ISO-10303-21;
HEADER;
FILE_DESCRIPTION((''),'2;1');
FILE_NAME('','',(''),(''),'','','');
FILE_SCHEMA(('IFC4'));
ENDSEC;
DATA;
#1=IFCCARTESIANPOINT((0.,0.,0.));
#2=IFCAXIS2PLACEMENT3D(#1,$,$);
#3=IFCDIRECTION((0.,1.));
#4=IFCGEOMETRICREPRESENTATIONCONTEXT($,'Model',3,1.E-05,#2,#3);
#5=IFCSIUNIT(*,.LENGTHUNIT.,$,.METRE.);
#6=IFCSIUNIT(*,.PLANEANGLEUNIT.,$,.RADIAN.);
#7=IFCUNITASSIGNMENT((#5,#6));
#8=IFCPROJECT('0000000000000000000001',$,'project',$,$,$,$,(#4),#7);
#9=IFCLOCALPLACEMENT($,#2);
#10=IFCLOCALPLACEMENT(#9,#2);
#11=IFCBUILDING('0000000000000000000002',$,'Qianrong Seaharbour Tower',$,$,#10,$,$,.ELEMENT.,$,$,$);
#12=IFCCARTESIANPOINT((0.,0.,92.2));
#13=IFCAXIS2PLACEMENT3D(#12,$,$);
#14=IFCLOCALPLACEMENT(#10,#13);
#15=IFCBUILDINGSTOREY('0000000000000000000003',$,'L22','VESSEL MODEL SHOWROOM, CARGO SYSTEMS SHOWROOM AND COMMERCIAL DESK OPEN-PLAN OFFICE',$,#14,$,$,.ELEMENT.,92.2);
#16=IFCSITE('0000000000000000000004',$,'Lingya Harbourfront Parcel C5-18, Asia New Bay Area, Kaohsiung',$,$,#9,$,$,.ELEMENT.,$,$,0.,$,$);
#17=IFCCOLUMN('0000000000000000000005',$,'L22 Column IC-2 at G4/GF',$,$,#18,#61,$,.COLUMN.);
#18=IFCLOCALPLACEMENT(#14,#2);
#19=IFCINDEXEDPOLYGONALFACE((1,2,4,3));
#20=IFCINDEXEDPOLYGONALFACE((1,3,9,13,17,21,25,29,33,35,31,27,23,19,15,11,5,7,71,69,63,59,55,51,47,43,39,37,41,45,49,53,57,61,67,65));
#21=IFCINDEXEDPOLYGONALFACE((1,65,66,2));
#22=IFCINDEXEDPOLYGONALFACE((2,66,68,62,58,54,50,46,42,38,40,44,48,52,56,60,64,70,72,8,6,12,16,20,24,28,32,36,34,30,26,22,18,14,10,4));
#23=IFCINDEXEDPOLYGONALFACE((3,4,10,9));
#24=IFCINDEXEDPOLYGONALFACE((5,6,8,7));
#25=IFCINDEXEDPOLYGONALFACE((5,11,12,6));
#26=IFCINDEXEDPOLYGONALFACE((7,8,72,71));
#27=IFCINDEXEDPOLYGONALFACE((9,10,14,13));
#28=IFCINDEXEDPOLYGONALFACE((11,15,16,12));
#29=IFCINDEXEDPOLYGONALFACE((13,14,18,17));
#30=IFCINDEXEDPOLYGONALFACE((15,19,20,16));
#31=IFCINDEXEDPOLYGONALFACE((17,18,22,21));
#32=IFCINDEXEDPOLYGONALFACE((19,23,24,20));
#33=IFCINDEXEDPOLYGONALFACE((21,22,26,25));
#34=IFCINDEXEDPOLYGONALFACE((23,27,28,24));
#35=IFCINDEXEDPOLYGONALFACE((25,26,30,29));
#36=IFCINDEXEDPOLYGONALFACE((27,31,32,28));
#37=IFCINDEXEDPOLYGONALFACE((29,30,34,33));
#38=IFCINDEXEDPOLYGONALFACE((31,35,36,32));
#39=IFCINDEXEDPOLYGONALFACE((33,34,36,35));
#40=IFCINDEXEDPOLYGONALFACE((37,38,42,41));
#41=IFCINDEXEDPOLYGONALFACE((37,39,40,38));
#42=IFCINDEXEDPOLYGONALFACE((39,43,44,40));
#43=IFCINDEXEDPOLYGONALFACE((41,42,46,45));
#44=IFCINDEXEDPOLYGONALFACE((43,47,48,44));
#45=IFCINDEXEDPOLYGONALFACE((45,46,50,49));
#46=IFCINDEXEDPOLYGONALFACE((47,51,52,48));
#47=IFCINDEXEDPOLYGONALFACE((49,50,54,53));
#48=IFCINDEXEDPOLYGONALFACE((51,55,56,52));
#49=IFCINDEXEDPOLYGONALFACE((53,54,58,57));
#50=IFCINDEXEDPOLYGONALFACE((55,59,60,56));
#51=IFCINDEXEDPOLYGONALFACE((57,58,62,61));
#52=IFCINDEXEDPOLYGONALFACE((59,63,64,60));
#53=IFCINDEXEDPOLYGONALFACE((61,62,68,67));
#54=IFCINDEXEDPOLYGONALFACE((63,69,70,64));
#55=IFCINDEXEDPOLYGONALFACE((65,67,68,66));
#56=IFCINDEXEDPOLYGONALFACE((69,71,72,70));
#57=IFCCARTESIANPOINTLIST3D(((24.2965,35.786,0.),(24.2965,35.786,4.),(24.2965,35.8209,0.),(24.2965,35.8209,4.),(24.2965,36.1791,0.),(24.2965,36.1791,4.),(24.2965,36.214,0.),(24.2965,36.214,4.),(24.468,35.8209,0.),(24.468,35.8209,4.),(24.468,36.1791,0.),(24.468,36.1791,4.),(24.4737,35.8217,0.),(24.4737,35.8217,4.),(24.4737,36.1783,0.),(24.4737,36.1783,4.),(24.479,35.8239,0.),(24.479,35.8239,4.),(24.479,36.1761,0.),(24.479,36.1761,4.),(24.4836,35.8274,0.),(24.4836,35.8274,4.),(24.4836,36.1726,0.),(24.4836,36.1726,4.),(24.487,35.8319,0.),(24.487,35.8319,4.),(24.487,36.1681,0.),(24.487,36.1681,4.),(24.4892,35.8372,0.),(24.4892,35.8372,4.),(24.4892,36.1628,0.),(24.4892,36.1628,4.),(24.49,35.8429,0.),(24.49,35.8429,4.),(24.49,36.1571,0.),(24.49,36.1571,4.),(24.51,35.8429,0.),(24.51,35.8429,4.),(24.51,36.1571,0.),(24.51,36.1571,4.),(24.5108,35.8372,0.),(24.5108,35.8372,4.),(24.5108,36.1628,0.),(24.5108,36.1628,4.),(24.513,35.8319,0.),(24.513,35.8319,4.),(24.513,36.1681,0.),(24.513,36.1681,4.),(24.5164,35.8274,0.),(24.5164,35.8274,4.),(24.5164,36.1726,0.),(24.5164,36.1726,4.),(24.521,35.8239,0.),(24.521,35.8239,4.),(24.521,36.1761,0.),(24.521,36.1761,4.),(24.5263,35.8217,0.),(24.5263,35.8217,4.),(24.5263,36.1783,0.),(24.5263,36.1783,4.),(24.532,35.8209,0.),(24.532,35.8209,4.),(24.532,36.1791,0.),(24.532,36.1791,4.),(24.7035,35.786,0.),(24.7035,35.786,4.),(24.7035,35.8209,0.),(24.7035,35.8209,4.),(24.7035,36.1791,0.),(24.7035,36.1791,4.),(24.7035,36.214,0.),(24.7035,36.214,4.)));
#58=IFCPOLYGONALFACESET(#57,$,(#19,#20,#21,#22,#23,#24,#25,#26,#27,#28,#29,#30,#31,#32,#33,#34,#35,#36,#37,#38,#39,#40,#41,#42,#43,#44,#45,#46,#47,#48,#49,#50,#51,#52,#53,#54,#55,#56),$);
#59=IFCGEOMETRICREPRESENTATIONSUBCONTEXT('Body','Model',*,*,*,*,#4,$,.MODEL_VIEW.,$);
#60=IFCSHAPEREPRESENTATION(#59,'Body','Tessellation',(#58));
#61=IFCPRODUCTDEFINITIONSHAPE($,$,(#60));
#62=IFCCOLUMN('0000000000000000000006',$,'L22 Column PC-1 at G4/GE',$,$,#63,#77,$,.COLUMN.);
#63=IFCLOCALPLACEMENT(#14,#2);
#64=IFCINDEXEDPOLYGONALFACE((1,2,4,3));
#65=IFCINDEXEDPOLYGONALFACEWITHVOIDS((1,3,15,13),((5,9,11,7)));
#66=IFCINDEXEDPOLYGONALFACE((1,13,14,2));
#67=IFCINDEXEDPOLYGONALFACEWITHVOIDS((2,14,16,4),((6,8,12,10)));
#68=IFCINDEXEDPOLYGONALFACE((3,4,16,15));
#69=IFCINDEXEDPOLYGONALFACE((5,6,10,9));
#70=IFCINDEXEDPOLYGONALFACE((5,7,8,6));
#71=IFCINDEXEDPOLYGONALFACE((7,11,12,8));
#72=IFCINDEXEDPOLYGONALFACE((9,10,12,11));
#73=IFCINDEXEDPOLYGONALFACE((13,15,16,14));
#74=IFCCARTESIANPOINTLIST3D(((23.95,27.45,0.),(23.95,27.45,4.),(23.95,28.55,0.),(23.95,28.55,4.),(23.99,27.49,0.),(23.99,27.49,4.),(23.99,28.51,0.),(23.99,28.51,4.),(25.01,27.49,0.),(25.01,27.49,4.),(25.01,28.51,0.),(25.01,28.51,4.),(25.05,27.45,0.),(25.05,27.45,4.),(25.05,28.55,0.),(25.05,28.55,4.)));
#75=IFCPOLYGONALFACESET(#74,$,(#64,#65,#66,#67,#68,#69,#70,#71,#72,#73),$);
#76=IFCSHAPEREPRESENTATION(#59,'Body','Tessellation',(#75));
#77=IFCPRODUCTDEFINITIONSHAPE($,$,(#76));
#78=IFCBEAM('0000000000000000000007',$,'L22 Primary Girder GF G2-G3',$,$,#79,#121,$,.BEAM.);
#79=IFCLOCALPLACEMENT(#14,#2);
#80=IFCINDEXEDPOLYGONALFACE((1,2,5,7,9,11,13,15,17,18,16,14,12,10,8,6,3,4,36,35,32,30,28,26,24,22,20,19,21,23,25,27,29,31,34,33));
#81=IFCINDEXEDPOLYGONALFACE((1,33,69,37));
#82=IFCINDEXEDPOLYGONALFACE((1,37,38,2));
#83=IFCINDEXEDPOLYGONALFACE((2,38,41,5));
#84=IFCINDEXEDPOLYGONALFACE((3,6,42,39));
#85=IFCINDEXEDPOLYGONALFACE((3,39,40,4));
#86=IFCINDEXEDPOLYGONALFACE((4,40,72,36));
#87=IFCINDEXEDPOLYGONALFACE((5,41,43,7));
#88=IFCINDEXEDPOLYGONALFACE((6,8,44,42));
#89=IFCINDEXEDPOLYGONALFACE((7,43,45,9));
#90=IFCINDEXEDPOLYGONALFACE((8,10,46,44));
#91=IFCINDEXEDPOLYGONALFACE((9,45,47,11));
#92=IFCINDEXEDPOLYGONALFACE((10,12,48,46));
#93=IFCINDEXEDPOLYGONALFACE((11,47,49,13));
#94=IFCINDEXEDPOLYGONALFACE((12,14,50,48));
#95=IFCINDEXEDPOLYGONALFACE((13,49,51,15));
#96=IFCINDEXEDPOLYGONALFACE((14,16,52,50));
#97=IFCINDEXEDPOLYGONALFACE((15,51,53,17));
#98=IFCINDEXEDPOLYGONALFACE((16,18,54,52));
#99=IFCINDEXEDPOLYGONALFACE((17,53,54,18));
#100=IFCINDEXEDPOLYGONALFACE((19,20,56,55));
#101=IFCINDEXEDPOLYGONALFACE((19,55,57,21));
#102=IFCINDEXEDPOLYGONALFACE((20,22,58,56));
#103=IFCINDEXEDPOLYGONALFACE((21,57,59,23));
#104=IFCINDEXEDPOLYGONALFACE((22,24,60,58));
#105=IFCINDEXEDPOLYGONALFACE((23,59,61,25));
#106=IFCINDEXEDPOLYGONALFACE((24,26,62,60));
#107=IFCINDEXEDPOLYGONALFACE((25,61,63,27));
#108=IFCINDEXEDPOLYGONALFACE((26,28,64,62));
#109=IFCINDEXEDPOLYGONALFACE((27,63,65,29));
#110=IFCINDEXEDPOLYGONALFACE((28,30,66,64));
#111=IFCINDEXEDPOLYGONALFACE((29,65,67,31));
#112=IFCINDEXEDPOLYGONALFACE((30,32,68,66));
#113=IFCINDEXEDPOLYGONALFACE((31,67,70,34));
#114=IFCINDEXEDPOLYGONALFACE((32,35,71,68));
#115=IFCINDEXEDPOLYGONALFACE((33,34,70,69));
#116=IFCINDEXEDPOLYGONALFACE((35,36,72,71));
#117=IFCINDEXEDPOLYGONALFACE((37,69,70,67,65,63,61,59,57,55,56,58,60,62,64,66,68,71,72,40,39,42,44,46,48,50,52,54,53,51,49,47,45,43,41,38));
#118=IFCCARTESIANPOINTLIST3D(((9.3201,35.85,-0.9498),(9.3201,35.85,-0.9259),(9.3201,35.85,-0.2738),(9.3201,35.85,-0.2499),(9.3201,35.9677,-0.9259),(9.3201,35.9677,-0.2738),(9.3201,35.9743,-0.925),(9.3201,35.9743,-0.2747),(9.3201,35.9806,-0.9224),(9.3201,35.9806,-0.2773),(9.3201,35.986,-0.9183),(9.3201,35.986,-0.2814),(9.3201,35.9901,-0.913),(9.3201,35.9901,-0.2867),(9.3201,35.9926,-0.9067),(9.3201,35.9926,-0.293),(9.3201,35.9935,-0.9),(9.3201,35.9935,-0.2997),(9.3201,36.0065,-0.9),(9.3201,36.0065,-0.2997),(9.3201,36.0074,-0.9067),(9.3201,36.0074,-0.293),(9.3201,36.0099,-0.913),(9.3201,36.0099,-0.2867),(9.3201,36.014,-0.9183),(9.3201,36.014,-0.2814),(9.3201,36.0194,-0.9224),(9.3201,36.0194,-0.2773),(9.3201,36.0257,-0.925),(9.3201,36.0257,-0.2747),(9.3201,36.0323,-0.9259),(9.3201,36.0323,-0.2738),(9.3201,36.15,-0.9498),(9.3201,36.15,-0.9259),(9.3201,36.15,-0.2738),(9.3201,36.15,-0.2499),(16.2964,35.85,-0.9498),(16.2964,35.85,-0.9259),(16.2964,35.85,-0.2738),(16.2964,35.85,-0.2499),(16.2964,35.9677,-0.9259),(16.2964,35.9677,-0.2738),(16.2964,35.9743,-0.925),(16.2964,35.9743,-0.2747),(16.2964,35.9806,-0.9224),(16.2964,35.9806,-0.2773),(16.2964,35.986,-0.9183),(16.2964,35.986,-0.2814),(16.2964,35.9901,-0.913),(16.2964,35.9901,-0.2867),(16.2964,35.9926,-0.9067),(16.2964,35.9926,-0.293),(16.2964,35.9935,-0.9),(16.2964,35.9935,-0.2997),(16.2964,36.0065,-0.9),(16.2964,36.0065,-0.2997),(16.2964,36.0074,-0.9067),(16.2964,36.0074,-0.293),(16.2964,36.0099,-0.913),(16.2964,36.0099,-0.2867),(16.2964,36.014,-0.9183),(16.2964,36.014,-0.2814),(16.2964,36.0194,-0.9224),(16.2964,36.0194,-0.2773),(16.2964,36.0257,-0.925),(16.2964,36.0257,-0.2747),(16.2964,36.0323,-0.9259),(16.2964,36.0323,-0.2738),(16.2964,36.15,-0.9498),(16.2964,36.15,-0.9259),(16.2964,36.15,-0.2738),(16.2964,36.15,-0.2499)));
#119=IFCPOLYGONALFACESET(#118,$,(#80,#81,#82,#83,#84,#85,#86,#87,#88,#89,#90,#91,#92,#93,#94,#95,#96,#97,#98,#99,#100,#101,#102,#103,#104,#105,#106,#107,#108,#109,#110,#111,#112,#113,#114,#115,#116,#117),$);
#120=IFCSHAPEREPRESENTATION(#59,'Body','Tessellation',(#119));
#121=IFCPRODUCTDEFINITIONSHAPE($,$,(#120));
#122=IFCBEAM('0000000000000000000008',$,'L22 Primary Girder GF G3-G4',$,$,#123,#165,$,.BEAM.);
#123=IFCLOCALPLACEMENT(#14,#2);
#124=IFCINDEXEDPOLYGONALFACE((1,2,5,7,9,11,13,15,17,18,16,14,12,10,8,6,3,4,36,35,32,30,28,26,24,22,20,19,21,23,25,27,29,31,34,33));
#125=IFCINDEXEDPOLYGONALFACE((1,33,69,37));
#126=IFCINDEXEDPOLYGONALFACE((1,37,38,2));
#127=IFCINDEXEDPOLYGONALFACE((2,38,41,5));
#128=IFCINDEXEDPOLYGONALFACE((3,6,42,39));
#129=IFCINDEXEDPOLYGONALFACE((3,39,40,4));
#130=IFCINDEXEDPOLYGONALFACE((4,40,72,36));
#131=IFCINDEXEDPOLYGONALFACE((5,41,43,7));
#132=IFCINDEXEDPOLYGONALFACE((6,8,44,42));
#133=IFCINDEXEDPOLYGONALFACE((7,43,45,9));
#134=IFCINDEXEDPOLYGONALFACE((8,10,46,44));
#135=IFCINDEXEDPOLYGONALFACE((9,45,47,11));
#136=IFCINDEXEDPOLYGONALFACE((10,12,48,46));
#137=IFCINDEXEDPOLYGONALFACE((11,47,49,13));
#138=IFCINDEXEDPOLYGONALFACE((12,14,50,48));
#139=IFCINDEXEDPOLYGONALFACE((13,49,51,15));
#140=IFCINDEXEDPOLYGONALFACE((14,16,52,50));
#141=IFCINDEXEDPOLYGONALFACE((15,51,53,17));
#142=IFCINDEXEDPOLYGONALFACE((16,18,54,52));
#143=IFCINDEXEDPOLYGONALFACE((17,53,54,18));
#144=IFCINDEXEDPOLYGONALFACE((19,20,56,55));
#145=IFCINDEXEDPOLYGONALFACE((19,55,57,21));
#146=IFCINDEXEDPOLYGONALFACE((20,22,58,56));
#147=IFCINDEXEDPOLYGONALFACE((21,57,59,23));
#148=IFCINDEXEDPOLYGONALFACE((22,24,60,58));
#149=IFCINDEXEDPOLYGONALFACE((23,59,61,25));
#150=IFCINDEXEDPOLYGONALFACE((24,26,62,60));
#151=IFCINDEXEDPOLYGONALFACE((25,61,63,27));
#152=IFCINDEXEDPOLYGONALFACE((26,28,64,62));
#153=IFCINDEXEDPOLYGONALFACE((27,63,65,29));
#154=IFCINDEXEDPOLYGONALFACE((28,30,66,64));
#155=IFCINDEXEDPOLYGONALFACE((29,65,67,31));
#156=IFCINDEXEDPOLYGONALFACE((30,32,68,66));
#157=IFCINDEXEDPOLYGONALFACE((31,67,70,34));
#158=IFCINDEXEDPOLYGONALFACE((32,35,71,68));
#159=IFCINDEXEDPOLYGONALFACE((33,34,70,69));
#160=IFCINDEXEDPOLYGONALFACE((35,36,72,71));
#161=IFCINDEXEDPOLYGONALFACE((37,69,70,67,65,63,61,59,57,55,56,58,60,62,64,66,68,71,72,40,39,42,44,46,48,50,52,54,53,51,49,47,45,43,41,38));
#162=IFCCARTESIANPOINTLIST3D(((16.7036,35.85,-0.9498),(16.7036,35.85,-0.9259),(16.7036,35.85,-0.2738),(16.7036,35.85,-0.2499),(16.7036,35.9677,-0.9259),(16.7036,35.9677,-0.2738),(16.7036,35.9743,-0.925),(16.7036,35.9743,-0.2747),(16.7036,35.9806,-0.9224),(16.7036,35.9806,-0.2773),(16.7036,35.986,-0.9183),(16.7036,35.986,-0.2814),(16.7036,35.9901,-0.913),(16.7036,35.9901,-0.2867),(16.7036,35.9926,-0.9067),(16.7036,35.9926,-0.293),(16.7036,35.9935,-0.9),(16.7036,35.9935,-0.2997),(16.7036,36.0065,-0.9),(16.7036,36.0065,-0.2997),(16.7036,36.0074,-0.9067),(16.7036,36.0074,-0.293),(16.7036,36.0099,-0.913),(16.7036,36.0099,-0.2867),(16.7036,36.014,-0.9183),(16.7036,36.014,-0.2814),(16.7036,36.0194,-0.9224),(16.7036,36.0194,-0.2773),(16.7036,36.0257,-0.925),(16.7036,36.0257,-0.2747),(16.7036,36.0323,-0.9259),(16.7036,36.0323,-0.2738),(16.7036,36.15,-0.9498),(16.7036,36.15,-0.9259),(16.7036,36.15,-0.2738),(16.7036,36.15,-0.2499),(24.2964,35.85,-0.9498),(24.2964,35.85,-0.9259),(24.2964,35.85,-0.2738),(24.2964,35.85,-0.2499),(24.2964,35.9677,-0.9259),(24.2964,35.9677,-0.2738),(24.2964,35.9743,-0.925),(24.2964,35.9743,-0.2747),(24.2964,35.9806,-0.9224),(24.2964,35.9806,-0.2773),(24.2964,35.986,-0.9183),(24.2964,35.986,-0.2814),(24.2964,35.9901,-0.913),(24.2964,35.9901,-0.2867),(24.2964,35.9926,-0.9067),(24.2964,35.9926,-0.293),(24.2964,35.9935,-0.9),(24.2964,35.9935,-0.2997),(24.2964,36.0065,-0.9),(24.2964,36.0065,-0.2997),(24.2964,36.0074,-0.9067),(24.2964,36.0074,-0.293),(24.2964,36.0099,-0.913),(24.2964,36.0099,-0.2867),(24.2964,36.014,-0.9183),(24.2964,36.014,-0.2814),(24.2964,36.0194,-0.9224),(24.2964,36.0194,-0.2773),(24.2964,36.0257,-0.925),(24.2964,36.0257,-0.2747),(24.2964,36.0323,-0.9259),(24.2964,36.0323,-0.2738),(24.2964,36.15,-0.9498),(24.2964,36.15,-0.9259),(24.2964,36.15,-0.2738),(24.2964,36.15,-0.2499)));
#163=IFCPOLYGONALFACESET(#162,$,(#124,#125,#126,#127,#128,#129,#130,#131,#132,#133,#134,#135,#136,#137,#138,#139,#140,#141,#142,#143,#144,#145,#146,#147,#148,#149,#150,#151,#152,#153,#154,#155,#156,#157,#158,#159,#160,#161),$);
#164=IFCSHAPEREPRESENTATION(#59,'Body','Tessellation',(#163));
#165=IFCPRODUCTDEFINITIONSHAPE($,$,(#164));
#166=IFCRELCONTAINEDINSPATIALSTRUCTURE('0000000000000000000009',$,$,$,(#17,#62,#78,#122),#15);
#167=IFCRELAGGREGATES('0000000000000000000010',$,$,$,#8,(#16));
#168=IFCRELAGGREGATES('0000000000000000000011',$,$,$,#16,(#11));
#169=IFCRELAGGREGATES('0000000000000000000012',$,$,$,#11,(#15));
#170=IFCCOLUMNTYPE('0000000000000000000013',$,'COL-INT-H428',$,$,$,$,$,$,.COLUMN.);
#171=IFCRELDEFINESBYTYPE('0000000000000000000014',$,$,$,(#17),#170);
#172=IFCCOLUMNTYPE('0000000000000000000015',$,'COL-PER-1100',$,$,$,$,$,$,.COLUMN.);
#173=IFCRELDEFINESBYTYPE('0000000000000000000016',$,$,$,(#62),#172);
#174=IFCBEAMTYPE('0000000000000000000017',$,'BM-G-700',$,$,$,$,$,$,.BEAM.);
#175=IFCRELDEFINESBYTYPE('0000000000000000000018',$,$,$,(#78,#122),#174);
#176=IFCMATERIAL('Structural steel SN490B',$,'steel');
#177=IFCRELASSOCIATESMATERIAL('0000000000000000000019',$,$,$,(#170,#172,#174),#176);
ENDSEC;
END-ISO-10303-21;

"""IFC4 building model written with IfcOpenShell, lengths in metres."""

from ifc_helpers import new_model, si_unit, direction, frame, origin, origin_2d, place, context, subcontext, project, spatial, hollow_rectangle, i_section, extrude, material, material_profile, profile_set, type_object, element, save


model = new_model("IFC4")

# Units and contexts
model_context = context("Model", 3, precision=1e-05, world=origin(), true_north=direction((0.0, 1.0)))
body_context = subcontext(model_context, "Body", "Model", "MODEL_VIEW")
ifc_project = project(units=[si_unit("LENGTHUNIT", "METRE"), si_unit("PLANEANGLEUNIT", "RADIAN")], contexts=[model_context])

# Site, building, storey
site_placement = place(None, origin())
site = spatial("IfcSite", under=ifc_project, at=site_placement, Name="Lingya Harbourfront Parcel C5-18, Asia New Bay Area, Kaohsiung", CompositionType="ELEMENT", RefElevation=0.0)
building_placement = place(site_placement, origin())
building = spatial("IfcBuilding", under=site, at=building_placement, Name="Qianrong Seaharbour Tower", CompositionType="ELEMENT")
storey_placement = place(building_placement, frame((0.0, 0.0, 92.2)))
storey = spatial("IfcBuildingStorey", under=building, at=storey_placement, Name="L22", Description="VESSEL MODEL SHOWROOM, CARGO SYSTEMS SHOWROOM AND COMMERCIAL DESK OPEN-PLAN OFFICE", CompositionType="ELEMENT", Elevation=92.2)

# Columns
ifc_material_1 = material(Name="Structural steel SN490B", Category="steel")
ifc_material_profile_1 = material_profile(ifc_material_1, i_section(OverallWidth=0.407, OverallDepth=0.428, WebThickness=0.02, FlangeThickness=0.0349, FilletRadius=0.022, at=origin_2d()), Name="H428x407x20x35")
ifc_profile_set_1 = profile_set([ifc_material_profile_1], Name="Structural steel SN490B")
column_type_1 = type_object("IfcColumnType", Name="COL-INT-H428", PredefinedType="COLUMN", material=ifc_profile_set_1)
for number, where, z_axis, x_axis, name in (
    (1, (24.5, 36.0, 0.0), (0.0, 0.0, 1.0), (1.0, 0.0, 0.0), "L22 Column IC-2 at G4/GF"),
):
    element("IfcColumn", number, at=place(storey_placement, frame(where, z_axis=z_axis, x_axis=x_axis)), inside=storey, type_object=column_type_1, Name=name, PredefinedType="COLUMN", context=body_context, shape_type="SweptSolid", body=[
        extrude(i_section(OverallWidth=0.407, OverallDepth=0.428, WebThickness=0.02, FlangeThickness=0.0349, FilletRadius=0.022, at=origin_2d()), origin(), (0.0, 0.0, 1.0), 4.0),
    ])
ifc_material_profile_2 = material_profile(ifc_material_1, hollow_rectangle(XDim=1.1001, YDim=1.1001, WallThickness=0.04, at=origin_2d()), Name="BOX1100x1100x40")
ifc_profile_set_2 = profile_set([ifc_material_profile_2], Name="Structural steel SN490B")
column_type_2 = type_object("IfcColumnType", Name="COL-PER-1100", PredefinedType="COLUMN", material=ifc_profile_set_2)
column_1_placement = place(storey_placement, frame((24.5, 28.0, 0.0), z_axis=(0.0, 0.0, 1.0), x_axis=(1.0, 0.0, 0.0)))
element("IfcColumn", 2, at=column_1_placement, inside=storey, type_object=column_type_2, Name="L22 Column PC-1 at G4/GE", PredefinedType="COLUMN", context=body_context, shape_type="SweptSolid", body=[
    extrude(hollow_rectangle(XDim=1.1001, YDim=1.1001, WallThickness=0.04, at=origin_2d()), origin(), (0.0, 0.0, 1.0), 4.0),
])

# Beams
ifc_material_profile_3 = material_profile(ifc_material_1, i_section(OverallWidth=0.3, OverallDepth=0.7, WebThickness=0.0129, FlangeThickness=0.0239, FilletRadius=0.0259, at=origin_2d()), Name="H700x300x13x24")
ifc_profile_set_3 = profile_set([ifc_material_profile_3], Name="Structural steel SN490B")
beam_type_1 = type_object("IfcBeamType", Name="BM-G-700", PredefinedType="BEAM", material=ifc_profile_set_3)
beam_1_placement = place(storey_placement, frame((9.3201, 36.0, -0.5999), z_axis=(1.0, 0.0, 0.0), x_axis=(0.0, 1.0, 0.0)))
element("IfcBeam", 3, at=beam_1_placement, inside=storey, type_object=beam_type_1, Name="L22 Primary Girder GF G2-G3", PredefinedType="BEAM", context=body_context, shape_type="SweptSolid", body=[
    extrude(i_section(OverallWidth=0.3, OverallDepth=0.7, WebThickness=0.0129, FlangeThickness=0.0239, FilletRadius=0.0259, at=origin_2d()), origin(), (0.0, 0.0, 1.0), 6.9763),
])
beam_2_placement = place(storey_placement, frame((16.7036, 36.0, -0.5999), z_axis=(1.0, 0.0, 0.0), x_axis=(0.0, 1.0, 0.0)))
element("IfcBeam", 4, at=beam_2_placement, inside=storey, type_object=beam_type_1, Name="L22 Primary Girder GF G3-G4", PredefinedType="BEAM", context=body_context, shape_type="SweptSolid", body=[
    extrude(i_section(OverallWidth=0.3, OverallDepth=0.7, WebThickness=0.0129, FlangeThickness=0.0239, FilletRadius=0.0259, at=origin_2d()), origin(), (0.0, 0.0, 1.0), 7.5928),
])

save(model, "model.ifc")
